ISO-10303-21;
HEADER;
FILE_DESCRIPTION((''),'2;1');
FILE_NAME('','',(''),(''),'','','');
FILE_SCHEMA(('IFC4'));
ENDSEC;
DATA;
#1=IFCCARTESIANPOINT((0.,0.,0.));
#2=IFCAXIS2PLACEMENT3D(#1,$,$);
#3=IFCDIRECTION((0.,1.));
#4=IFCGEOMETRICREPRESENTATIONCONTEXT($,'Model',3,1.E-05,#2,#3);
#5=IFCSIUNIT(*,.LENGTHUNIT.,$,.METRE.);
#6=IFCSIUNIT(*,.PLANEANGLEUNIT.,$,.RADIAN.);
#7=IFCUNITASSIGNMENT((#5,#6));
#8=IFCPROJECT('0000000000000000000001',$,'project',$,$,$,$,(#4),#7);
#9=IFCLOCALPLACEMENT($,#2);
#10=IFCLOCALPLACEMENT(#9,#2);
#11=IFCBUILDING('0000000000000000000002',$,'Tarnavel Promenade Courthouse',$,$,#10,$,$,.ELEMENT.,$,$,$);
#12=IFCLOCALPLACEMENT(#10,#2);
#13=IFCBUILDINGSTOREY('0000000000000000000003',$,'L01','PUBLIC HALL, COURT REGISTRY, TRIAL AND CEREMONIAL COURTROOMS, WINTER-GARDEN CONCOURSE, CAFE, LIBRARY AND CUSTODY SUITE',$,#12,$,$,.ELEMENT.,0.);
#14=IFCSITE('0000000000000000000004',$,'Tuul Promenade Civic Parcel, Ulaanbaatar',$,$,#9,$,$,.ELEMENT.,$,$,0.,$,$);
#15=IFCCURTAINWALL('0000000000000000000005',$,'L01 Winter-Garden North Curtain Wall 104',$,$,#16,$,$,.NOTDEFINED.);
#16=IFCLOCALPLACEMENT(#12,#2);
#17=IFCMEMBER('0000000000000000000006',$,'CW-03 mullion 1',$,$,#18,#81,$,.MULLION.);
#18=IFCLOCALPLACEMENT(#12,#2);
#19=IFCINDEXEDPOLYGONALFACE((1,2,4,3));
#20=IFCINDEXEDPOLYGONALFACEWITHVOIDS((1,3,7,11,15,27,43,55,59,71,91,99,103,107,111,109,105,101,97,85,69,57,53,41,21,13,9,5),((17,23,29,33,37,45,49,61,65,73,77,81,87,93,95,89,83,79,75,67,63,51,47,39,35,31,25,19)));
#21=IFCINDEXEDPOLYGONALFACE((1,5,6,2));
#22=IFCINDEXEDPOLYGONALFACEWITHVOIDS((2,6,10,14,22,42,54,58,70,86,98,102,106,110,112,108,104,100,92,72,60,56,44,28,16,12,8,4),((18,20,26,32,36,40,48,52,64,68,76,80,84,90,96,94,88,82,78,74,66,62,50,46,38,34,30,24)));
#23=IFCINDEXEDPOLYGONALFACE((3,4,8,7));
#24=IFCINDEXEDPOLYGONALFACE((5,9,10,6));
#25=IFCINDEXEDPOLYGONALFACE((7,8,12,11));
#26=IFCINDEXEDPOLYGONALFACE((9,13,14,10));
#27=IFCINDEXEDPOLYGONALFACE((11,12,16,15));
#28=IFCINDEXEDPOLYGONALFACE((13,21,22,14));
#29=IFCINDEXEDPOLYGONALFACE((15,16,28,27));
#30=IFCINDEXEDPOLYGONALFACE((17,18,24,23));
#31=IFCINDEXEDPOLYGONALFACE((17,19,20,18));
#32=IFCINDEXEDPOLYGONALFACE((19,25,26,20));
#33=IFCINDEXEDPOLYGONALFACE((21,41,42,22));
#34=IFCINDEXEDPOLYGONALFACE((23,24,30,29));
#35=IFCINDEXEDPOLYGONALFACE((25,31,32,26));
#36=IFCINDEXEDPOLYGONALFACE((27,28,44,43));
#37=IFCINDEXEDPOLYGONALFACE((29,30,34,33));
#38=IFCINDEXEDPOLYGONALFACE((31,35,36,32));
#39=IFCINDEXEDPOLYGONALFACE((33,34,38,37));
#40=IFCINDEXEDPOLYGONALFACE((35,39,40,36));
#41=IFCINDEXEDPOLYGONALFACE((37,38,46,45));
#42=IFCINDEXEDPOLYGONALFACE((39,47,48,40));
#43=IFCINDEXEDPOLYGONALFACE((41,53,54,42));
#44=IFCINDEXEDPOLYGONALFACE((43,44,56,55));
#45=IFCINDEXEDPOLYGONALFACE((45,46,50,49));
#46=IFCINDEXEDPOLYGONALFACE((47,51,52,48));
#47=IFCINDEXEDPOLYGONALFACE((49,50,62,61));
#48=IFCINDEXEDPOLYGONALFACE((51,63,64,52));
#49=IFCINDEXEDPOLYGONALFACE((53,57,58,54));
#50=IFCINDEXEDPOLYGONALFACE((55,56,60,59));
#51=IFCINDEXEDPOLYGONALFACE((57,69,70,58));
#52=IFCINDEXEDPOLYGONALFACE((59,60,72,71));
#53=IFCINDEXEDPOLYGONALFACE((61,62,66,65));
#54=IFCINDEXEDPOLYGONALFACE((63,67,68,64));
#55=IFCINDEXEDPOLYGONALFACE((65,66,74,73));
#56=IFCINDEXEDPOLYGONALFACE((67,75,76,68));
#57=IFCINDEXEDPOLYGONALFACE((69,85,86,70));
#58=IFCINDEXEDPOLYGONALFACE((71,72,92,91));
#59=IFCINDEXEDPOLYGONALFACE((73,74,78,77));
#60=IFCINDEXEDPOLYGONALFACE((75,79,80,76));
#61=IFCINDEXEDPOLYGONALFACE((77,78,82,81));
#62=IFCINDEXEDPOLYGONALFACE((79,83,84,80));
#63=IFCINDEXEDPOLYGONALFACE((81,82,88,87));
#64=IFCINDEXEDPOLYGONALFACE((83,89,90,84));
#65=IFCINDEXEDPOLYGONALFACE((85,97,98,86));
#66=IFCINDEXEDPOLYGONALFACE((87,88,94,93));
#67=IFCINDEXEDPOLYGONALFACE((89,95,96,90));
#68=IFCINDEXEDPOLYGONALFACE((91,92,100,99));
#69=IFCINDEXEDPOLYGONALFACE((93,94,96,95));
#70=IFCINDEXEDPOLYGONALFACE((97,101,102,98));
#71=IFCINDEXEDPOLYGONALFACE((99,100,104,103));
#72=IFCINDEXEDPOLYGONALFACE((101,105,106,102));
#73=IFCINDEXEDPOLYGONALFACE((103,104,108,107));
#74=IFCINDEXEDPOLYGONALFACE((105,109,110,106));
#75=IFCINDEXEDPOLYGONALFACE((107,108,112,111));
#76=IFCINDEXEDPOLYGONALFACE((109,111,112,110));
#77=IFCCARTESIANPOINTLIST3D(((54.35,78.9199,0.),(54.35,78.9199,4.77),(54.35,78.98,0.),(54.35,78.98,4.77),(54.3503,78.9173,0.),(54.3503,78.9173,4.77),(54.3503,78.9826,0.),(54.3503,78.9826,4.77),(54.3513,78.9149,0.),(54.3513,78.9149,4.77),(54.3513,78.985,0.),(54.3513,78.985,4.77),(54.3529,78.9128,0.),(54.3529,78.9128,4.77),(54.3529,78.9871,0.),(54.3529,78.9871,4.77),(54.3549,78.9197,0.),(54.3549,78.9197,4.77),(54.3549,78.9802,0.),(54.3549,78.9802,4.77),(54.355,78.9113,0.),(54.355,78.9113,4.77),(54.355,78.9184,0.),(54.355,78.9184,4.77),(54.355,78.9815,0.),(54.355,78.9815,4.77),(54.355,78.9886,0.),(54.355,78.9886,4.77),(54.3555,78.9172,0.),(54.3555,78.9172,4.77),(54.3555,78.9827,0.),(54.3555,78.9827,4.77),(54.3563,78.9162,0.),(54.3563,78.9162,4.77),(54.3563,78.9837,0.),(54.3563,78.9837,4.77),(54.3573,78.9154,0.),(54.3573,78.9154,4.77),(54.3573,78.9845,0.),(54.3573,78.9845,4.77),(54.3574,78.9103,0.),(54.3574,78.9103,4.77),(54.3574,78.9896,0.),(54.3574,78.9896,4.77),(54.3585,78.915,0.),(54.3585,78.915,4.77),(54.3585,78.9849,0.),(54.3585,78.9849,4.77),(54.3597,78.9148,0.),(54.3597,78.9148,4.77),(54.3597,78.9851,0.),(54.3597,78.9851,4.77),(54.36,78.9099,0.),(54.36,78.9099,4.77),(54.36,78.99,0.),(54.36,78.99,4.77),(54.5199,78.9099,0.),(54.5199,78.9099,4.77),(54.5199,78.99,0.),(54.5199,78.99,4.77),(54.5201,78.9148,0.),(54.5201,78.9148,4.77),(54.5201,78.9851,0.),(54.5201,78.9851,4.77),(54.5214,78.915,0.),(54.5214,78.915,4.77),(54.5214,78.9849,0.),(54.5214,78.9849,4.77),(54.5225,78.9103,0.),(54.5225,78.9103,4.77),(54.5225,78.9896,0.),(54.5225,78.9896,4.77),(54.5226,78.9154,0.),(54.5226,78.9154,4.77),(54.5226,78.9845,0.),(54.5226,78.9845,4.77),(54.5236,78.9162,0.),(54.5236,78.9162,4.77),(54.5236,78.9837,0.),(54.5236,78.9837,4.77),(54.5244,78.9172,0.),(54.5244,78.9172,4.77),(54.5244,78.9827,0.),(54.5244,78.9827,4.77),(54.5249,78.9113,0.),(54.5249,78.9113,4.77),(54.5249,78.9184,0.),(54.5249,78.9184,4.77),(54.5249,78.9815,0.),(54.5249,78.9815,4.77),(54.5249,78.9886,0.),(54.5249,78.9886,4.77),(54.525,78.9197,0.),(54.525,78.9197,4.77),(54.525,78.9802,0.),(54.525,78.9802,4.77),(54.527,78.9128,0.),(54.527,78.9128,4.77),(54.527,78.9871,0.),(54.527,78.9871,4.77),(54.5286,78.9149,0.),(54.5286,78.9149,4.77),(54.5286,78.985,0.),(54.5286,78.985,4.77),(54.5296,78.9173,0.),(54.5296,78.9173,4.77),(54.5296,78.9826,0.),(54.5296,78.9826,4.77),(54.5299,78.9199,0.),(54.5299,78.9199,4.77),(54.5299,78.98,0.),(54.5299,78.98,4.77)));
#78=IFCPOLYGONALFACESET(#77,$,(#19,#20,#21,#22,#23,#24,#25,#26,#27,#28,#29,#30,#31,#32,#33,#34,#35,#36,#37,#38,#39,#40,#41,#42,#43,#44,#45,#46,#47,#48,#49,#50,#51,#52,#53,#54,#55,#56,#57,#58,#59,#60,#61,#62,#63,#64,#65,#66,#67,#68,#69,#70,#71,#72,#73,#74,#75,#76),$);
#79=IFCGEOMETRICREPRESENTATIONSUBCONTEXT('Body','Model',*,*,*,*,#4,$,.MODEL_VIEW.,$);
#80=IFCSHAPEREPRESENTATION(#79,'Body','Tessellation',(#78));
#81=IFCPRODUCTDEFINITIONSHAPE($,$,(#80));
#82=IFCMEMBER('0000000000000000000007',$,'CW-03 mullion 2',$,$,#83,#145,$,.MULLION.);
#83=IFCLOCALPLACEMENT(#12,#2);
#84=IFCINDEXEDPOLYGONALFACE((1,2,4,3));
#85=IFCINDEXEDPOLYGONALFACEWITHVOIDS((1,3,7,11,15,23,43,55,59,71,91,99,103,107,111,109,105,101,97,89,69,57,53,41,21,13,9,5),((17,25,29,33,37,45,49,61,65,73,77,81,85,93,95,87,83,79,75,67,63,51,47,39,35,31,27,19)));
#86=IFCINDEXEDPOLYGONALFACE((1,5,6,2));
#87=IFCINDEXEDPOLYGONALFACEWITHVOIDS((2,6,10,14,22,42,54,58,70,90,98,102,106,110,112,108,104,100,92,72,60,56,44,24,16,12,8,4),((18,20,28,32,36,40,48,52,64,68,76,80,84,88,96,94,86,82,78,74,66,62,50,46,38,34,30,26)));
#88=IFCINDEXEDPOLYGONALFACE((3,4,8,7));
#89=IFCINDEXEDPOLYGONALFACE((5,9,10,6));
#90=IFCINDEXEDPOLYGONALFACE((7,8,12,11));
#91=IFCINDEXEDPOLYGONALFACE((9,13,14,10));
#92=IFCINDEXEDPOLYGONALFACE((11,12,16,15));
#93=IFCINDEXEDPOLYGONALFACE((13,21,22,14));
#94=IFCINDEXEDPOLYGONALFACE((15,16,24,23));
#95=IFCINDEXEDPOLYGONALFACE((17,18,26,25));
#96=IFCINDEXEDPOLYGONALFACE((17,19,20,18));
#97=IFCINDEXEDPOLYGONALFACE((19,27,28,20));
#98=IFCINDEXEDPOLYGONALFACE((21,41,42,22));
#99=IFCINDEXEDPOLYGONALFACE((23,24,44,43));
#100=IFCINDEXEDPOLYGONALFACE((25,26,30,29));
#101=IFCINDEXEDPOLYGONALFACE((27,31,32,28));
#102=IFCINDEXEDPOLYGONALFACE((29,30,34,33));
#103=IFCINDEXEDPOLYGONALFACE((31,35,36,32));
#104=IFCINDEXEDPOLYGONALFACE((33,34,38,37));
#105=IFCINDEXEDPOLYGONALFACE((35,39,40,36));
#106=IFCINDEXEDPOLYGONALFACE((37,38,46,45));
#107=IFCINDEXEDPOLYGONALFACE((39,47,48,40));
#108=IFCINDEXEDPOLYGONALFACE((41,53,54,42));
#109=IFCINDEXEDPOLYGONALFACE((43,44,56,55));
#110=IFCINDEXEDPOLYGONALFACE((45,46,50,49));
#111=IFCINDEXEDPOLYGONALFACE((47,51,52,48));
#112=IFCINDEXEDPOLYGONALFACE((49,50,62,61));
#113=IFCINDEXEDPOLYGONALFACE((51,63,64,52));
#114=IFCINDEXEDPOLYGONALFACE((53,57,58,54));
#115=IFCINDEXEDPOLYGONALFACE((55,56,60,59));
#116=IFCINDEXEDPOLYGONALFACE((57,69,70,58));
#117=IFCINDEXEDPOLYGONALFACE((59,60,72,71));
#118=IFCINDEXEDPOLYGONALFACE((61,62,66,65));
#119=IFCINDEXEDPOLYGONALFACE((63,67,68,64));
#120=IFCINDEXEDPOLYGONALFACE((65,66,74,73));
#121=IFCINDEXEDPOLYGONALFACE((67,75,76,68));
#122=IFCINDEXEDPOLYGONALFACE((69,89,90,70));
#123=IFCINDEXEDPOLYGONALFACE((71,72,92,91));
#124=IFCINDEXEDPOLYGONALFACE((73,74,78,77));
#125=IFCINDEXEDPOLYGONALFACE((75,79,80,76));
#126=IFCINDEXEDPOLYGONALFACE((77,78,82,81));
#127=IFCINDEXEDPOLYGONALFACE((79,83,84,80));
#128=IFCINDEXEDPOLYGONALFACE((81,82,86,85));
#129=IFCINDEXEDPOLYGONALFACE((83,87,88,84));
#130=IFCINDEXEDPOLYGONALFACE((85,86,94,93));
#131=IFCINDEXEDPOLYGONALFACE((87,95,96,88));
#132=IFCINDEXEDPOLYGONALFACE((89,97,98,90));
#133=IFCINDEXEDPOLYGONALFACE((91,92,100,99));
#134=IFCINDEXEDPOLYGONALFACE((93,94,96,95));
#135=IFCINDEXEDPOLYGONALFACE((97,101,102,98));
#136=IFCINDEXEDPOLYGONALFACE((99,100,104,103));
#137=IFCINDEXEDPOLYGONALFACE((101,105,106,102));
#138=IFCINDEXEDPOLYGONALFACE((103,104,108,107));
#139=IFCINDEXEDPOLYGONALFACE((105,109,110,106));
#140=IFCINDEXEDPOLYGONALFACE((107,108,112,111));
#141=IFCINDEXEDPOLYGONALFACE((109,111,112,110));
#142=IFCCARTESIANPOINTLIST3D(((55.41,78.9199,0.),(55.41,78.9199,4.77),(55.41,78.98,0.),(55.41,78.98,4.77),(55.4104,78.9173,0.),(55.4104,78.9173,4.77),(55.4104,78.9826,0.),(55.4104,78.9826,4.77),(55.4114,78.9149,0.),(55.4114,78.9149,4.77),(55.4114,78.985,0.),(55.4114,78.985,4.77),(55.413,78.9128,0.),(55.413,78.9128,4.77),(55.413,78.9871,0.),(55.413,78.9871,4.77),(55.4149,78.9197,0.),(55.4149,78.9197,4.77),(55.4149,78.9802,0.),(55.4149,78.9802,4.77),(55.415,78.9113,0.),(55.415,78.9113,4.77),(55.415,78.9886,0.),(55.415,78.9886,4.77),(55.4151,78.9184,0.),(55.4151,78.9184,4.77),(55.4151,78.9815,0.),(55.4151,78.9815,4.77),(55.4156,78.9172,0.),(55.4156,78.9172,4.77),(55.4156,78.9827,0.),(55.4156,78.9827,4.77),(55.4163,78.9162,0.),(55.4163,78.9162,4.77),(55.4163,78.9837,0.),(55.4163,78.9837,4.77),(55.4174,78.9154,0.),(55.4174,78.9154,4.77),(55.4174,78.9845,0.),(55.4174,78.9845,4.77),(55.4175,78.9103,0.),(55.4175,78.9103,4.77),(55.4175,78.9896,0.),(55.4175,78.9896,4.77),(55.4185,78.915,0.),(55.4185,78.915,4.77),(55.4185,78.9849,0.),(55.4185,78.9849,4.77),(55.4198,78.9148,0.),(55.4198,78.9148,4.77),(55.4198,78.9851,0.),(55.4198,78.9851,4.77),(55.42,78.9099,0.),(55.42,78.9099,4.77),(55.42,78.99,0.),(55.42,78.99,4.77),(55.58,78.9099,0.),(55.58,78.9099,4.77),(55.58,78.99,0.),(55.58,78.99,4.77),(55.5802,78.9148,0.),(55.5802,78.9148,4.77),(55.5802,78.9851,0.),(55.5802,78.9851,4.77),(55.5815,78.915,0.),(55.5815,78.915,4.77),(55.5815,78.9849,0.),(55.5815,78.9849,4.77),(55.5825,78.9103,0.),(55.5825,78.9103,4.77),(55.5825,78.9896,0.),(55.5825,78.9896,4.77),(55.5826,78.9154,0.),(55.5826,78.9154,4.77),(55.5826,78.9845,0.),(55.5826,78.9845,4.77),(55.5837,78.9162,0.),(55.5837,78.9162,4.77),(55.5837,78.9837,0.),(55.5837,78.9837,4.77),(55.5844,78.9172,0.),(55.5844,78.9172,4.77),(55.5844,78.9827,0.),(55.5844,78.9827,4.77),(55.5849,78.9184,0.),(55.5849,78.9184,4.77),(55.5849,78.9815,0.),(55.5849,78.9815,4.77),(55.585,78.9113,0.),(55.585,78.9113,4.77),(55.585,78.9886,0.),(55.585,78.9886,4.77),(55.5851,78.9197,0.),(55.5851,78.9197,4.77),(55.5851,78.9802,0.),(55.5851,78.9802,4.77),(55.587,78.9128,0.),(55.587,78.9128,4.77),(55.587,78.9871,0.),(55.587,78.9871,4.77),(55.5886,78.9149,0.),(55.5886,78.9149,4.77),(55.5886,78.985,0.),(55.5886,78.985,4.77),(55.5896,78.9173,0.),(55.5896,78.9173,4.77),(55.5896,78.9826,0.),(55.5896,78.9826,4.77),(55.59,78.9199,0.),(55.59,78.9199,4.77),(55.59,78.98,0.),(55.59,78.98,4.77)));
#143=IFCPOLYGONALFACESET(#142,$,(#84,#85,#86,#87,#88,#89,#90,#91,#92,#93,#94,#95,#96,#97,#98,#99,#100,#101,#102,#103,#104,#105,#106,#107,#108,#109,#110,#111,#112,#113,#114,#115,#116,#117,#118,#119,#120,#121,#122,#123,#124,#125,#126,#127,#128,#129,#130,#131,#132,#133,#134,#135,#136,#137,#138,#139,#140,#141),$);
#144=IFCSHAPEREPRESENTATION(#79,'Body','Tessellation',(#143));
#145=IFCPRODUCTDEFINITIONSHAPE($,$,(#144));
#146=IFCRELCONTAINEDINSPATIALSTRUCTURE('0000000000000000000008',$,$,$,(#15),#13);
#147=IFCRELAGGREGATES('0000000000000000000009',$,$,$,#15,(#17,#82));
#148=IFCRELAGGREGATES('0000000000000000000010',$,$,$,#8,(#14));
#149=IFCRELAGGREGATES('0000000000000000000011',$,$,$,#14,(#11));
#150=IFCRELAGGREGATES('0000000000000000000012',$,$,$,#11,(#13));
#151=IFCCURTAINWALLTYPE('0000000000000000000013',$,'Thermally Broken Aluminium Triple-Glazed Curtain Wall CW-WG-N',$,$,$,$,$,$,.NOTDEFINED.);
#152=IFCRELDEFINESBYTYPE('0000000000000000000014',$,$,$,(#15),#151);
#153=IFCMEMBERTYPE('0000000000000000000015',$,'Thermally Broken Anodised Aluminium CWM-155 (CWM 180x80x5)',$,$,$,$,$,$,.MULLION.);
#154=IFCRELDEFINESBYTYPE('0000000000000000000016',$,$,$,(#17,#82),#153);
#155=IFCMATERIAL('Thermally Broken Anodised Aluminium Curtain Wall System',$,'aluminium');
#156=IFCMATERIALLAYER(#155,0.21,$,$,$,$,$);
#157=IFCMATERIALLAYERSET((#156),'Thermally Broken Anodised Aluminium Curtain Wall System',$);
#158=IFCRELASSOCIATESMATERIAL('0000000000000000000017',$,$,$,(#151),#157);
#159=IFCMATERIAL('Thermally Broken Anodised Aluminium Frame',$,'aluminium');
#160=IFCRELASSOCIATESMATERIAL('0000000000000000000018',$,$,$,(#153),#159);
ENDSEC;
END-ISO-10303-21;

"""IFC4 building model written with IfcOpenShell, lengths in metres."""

from ifc_helpers import new_model, si_unit, direction, frame, origin, origin_2d, place, context, subcontext, project, spatial, hollow_rectangle, extrude, material, layer, layer_set, material_profile, profile_set, type_object, element, aggregate, save


model = new_model("IFC4")

# Units and contexts
model_context = context("Model", 3, precision=1e-05, world=origin(), true_north=direction((0.0, 1.0)))
body_context = subcontext(model_context, "Body", "Model", "MODEL_VIEW")
ifc_project = project(units=[si_unit("LENGTHUNIT", "METRE"), si_unit("PLANEANGLEUNIT", "RADIAN")], contexts=[model_context])

# Site, building, storey
site_placement = place(None, origin())
site = spatial("IfcSite", under=ifc_project, at=site_placement, Name="Tuul Promenade Civic Parcel, Ulaanbaatar", CompositionType="ELEMENT", RefElevation=0.0)
building_placement = place(site_placement, origin())
building = spatial("IfcBuilding", under=site, at=building_placement, Name="Tarnavel Promenade Courthouse", CompositionType="ELEMENT")
storey_placement = place(building_placement, origin())
storey = spatial("IfcBuildingStorey", under=building, at=storey_placement, Name="L01", Description="PUBLIC HALL, COURT REGISTRY, TRIAL AND CEREMONIAL COURTROOMS, WINTER-GARDEN CONCOURSE, CAFE, LIBRARY AND CUSTODY SUITE", CompositionType="ELEMENT", Elevation=0.0)

# Shared definitions
ifc_material_1 = material(Name="Thermally Broken Anodised Aluminium Curtain Wall System", Category="aluminium")
ifc_layer_1 = layer(ifc_material_1, 0.21)
ifc_layer_set_1 = layer_set([ifc_layer_1], Name="Thermally Broken Anodised Aluminium Curtain Wall System")
curtain_wall_type = type_object("IfcCurtainWallType", Name="Thermally Broken Aluminium Triple-Glazed Curtain Wall CW-WG-N", PredefinedType="NOTDEFINED", material=ifc_layer_set_1)
ifc_material_2 = material(Name="Thermally Broken Anodised Aluminium Frame", Category="aluminium")
ifc_material_profile_1 = material_profile(ifc_material_2, hollow_rectangle(XDim=0.0801, YDim=0.1799, WallThickness=0.0049, InnerFilletRadius=0.0049, OuterFilletRadius=0.01, at=origin_2d()), Name="CWM 180x80x5")
ifc_profile_set_1 = profile_set([ifc_material_profile_1], Name="Thermally Broken Anodised Aluminium Frame")
member_type_1 = type_object("IfcMemberType", Name="Thermally Broken Anodised Aluminium CWM-155 (CWM 180x80x5)", PredefinedType="MULLION", material=ifc_profile_set_1)

# Curtain wall, members
curtain_wall_1_placement = place(storey_placement, origin())
curtain_wall_1 = element("IfcCurtainWall", 1, at=curtain_wall_1_placement, inside=storey, type_object=curtain_wall_type, Name="L01 Winter-Garden North Curtain Wall 104", PredefinedType="NOTDEFINED")
member_1_placement = place(storey_placement, frame((54.4399, 78.95, 0.0), z_axis=(0.0, 0.0, 1.0), x_axis=(0.0, 1.0, 0.0)))
member_1 = element("IfcMember", 2, at=member_1_placement, type_object=member_type_1, Name="CW-03 mullion 1", PredefinedType="MULLION", context=body_context, shape_type="SweptSolid", body=[
    extrude(hollow_rectangle(XDim=0.0801, YDim=0.1799, WallThickness=0.0049, InnerFilletRadius=0.0049, OuterFilletRadius=0.01, at=origin_2d()), origin(), (0.0, 0.0, 1.0), 4.77),
])
member_2_placement = place(storey_placement, frame((55.5, 78.95, 0.0), z_axis=(0.0, 0.0, 1.0), x_axis=(0.0, 1.0, 0.0)))
member_2 = element("IfcMember", 3, at=member_2_placement, type_object=member_type_1, Name="CW-03 mullion 2", PredefinedType="MULLION", context=body_context, shape_type="SweptSolid", body=[
    extrude(hollow_rectangle(XDim=0.0801, YDim=0.1799, WallThickness=0.0049, InnerFilletRadius=0.0049, OuterFilletRadius=0.01, at=origin_2d()), origin(), (0.0, 0.0, 1.0), 4.77),
])

aggregate(curtain_wall_1, [member_1, member_2])

save(model, "model.ifc")
